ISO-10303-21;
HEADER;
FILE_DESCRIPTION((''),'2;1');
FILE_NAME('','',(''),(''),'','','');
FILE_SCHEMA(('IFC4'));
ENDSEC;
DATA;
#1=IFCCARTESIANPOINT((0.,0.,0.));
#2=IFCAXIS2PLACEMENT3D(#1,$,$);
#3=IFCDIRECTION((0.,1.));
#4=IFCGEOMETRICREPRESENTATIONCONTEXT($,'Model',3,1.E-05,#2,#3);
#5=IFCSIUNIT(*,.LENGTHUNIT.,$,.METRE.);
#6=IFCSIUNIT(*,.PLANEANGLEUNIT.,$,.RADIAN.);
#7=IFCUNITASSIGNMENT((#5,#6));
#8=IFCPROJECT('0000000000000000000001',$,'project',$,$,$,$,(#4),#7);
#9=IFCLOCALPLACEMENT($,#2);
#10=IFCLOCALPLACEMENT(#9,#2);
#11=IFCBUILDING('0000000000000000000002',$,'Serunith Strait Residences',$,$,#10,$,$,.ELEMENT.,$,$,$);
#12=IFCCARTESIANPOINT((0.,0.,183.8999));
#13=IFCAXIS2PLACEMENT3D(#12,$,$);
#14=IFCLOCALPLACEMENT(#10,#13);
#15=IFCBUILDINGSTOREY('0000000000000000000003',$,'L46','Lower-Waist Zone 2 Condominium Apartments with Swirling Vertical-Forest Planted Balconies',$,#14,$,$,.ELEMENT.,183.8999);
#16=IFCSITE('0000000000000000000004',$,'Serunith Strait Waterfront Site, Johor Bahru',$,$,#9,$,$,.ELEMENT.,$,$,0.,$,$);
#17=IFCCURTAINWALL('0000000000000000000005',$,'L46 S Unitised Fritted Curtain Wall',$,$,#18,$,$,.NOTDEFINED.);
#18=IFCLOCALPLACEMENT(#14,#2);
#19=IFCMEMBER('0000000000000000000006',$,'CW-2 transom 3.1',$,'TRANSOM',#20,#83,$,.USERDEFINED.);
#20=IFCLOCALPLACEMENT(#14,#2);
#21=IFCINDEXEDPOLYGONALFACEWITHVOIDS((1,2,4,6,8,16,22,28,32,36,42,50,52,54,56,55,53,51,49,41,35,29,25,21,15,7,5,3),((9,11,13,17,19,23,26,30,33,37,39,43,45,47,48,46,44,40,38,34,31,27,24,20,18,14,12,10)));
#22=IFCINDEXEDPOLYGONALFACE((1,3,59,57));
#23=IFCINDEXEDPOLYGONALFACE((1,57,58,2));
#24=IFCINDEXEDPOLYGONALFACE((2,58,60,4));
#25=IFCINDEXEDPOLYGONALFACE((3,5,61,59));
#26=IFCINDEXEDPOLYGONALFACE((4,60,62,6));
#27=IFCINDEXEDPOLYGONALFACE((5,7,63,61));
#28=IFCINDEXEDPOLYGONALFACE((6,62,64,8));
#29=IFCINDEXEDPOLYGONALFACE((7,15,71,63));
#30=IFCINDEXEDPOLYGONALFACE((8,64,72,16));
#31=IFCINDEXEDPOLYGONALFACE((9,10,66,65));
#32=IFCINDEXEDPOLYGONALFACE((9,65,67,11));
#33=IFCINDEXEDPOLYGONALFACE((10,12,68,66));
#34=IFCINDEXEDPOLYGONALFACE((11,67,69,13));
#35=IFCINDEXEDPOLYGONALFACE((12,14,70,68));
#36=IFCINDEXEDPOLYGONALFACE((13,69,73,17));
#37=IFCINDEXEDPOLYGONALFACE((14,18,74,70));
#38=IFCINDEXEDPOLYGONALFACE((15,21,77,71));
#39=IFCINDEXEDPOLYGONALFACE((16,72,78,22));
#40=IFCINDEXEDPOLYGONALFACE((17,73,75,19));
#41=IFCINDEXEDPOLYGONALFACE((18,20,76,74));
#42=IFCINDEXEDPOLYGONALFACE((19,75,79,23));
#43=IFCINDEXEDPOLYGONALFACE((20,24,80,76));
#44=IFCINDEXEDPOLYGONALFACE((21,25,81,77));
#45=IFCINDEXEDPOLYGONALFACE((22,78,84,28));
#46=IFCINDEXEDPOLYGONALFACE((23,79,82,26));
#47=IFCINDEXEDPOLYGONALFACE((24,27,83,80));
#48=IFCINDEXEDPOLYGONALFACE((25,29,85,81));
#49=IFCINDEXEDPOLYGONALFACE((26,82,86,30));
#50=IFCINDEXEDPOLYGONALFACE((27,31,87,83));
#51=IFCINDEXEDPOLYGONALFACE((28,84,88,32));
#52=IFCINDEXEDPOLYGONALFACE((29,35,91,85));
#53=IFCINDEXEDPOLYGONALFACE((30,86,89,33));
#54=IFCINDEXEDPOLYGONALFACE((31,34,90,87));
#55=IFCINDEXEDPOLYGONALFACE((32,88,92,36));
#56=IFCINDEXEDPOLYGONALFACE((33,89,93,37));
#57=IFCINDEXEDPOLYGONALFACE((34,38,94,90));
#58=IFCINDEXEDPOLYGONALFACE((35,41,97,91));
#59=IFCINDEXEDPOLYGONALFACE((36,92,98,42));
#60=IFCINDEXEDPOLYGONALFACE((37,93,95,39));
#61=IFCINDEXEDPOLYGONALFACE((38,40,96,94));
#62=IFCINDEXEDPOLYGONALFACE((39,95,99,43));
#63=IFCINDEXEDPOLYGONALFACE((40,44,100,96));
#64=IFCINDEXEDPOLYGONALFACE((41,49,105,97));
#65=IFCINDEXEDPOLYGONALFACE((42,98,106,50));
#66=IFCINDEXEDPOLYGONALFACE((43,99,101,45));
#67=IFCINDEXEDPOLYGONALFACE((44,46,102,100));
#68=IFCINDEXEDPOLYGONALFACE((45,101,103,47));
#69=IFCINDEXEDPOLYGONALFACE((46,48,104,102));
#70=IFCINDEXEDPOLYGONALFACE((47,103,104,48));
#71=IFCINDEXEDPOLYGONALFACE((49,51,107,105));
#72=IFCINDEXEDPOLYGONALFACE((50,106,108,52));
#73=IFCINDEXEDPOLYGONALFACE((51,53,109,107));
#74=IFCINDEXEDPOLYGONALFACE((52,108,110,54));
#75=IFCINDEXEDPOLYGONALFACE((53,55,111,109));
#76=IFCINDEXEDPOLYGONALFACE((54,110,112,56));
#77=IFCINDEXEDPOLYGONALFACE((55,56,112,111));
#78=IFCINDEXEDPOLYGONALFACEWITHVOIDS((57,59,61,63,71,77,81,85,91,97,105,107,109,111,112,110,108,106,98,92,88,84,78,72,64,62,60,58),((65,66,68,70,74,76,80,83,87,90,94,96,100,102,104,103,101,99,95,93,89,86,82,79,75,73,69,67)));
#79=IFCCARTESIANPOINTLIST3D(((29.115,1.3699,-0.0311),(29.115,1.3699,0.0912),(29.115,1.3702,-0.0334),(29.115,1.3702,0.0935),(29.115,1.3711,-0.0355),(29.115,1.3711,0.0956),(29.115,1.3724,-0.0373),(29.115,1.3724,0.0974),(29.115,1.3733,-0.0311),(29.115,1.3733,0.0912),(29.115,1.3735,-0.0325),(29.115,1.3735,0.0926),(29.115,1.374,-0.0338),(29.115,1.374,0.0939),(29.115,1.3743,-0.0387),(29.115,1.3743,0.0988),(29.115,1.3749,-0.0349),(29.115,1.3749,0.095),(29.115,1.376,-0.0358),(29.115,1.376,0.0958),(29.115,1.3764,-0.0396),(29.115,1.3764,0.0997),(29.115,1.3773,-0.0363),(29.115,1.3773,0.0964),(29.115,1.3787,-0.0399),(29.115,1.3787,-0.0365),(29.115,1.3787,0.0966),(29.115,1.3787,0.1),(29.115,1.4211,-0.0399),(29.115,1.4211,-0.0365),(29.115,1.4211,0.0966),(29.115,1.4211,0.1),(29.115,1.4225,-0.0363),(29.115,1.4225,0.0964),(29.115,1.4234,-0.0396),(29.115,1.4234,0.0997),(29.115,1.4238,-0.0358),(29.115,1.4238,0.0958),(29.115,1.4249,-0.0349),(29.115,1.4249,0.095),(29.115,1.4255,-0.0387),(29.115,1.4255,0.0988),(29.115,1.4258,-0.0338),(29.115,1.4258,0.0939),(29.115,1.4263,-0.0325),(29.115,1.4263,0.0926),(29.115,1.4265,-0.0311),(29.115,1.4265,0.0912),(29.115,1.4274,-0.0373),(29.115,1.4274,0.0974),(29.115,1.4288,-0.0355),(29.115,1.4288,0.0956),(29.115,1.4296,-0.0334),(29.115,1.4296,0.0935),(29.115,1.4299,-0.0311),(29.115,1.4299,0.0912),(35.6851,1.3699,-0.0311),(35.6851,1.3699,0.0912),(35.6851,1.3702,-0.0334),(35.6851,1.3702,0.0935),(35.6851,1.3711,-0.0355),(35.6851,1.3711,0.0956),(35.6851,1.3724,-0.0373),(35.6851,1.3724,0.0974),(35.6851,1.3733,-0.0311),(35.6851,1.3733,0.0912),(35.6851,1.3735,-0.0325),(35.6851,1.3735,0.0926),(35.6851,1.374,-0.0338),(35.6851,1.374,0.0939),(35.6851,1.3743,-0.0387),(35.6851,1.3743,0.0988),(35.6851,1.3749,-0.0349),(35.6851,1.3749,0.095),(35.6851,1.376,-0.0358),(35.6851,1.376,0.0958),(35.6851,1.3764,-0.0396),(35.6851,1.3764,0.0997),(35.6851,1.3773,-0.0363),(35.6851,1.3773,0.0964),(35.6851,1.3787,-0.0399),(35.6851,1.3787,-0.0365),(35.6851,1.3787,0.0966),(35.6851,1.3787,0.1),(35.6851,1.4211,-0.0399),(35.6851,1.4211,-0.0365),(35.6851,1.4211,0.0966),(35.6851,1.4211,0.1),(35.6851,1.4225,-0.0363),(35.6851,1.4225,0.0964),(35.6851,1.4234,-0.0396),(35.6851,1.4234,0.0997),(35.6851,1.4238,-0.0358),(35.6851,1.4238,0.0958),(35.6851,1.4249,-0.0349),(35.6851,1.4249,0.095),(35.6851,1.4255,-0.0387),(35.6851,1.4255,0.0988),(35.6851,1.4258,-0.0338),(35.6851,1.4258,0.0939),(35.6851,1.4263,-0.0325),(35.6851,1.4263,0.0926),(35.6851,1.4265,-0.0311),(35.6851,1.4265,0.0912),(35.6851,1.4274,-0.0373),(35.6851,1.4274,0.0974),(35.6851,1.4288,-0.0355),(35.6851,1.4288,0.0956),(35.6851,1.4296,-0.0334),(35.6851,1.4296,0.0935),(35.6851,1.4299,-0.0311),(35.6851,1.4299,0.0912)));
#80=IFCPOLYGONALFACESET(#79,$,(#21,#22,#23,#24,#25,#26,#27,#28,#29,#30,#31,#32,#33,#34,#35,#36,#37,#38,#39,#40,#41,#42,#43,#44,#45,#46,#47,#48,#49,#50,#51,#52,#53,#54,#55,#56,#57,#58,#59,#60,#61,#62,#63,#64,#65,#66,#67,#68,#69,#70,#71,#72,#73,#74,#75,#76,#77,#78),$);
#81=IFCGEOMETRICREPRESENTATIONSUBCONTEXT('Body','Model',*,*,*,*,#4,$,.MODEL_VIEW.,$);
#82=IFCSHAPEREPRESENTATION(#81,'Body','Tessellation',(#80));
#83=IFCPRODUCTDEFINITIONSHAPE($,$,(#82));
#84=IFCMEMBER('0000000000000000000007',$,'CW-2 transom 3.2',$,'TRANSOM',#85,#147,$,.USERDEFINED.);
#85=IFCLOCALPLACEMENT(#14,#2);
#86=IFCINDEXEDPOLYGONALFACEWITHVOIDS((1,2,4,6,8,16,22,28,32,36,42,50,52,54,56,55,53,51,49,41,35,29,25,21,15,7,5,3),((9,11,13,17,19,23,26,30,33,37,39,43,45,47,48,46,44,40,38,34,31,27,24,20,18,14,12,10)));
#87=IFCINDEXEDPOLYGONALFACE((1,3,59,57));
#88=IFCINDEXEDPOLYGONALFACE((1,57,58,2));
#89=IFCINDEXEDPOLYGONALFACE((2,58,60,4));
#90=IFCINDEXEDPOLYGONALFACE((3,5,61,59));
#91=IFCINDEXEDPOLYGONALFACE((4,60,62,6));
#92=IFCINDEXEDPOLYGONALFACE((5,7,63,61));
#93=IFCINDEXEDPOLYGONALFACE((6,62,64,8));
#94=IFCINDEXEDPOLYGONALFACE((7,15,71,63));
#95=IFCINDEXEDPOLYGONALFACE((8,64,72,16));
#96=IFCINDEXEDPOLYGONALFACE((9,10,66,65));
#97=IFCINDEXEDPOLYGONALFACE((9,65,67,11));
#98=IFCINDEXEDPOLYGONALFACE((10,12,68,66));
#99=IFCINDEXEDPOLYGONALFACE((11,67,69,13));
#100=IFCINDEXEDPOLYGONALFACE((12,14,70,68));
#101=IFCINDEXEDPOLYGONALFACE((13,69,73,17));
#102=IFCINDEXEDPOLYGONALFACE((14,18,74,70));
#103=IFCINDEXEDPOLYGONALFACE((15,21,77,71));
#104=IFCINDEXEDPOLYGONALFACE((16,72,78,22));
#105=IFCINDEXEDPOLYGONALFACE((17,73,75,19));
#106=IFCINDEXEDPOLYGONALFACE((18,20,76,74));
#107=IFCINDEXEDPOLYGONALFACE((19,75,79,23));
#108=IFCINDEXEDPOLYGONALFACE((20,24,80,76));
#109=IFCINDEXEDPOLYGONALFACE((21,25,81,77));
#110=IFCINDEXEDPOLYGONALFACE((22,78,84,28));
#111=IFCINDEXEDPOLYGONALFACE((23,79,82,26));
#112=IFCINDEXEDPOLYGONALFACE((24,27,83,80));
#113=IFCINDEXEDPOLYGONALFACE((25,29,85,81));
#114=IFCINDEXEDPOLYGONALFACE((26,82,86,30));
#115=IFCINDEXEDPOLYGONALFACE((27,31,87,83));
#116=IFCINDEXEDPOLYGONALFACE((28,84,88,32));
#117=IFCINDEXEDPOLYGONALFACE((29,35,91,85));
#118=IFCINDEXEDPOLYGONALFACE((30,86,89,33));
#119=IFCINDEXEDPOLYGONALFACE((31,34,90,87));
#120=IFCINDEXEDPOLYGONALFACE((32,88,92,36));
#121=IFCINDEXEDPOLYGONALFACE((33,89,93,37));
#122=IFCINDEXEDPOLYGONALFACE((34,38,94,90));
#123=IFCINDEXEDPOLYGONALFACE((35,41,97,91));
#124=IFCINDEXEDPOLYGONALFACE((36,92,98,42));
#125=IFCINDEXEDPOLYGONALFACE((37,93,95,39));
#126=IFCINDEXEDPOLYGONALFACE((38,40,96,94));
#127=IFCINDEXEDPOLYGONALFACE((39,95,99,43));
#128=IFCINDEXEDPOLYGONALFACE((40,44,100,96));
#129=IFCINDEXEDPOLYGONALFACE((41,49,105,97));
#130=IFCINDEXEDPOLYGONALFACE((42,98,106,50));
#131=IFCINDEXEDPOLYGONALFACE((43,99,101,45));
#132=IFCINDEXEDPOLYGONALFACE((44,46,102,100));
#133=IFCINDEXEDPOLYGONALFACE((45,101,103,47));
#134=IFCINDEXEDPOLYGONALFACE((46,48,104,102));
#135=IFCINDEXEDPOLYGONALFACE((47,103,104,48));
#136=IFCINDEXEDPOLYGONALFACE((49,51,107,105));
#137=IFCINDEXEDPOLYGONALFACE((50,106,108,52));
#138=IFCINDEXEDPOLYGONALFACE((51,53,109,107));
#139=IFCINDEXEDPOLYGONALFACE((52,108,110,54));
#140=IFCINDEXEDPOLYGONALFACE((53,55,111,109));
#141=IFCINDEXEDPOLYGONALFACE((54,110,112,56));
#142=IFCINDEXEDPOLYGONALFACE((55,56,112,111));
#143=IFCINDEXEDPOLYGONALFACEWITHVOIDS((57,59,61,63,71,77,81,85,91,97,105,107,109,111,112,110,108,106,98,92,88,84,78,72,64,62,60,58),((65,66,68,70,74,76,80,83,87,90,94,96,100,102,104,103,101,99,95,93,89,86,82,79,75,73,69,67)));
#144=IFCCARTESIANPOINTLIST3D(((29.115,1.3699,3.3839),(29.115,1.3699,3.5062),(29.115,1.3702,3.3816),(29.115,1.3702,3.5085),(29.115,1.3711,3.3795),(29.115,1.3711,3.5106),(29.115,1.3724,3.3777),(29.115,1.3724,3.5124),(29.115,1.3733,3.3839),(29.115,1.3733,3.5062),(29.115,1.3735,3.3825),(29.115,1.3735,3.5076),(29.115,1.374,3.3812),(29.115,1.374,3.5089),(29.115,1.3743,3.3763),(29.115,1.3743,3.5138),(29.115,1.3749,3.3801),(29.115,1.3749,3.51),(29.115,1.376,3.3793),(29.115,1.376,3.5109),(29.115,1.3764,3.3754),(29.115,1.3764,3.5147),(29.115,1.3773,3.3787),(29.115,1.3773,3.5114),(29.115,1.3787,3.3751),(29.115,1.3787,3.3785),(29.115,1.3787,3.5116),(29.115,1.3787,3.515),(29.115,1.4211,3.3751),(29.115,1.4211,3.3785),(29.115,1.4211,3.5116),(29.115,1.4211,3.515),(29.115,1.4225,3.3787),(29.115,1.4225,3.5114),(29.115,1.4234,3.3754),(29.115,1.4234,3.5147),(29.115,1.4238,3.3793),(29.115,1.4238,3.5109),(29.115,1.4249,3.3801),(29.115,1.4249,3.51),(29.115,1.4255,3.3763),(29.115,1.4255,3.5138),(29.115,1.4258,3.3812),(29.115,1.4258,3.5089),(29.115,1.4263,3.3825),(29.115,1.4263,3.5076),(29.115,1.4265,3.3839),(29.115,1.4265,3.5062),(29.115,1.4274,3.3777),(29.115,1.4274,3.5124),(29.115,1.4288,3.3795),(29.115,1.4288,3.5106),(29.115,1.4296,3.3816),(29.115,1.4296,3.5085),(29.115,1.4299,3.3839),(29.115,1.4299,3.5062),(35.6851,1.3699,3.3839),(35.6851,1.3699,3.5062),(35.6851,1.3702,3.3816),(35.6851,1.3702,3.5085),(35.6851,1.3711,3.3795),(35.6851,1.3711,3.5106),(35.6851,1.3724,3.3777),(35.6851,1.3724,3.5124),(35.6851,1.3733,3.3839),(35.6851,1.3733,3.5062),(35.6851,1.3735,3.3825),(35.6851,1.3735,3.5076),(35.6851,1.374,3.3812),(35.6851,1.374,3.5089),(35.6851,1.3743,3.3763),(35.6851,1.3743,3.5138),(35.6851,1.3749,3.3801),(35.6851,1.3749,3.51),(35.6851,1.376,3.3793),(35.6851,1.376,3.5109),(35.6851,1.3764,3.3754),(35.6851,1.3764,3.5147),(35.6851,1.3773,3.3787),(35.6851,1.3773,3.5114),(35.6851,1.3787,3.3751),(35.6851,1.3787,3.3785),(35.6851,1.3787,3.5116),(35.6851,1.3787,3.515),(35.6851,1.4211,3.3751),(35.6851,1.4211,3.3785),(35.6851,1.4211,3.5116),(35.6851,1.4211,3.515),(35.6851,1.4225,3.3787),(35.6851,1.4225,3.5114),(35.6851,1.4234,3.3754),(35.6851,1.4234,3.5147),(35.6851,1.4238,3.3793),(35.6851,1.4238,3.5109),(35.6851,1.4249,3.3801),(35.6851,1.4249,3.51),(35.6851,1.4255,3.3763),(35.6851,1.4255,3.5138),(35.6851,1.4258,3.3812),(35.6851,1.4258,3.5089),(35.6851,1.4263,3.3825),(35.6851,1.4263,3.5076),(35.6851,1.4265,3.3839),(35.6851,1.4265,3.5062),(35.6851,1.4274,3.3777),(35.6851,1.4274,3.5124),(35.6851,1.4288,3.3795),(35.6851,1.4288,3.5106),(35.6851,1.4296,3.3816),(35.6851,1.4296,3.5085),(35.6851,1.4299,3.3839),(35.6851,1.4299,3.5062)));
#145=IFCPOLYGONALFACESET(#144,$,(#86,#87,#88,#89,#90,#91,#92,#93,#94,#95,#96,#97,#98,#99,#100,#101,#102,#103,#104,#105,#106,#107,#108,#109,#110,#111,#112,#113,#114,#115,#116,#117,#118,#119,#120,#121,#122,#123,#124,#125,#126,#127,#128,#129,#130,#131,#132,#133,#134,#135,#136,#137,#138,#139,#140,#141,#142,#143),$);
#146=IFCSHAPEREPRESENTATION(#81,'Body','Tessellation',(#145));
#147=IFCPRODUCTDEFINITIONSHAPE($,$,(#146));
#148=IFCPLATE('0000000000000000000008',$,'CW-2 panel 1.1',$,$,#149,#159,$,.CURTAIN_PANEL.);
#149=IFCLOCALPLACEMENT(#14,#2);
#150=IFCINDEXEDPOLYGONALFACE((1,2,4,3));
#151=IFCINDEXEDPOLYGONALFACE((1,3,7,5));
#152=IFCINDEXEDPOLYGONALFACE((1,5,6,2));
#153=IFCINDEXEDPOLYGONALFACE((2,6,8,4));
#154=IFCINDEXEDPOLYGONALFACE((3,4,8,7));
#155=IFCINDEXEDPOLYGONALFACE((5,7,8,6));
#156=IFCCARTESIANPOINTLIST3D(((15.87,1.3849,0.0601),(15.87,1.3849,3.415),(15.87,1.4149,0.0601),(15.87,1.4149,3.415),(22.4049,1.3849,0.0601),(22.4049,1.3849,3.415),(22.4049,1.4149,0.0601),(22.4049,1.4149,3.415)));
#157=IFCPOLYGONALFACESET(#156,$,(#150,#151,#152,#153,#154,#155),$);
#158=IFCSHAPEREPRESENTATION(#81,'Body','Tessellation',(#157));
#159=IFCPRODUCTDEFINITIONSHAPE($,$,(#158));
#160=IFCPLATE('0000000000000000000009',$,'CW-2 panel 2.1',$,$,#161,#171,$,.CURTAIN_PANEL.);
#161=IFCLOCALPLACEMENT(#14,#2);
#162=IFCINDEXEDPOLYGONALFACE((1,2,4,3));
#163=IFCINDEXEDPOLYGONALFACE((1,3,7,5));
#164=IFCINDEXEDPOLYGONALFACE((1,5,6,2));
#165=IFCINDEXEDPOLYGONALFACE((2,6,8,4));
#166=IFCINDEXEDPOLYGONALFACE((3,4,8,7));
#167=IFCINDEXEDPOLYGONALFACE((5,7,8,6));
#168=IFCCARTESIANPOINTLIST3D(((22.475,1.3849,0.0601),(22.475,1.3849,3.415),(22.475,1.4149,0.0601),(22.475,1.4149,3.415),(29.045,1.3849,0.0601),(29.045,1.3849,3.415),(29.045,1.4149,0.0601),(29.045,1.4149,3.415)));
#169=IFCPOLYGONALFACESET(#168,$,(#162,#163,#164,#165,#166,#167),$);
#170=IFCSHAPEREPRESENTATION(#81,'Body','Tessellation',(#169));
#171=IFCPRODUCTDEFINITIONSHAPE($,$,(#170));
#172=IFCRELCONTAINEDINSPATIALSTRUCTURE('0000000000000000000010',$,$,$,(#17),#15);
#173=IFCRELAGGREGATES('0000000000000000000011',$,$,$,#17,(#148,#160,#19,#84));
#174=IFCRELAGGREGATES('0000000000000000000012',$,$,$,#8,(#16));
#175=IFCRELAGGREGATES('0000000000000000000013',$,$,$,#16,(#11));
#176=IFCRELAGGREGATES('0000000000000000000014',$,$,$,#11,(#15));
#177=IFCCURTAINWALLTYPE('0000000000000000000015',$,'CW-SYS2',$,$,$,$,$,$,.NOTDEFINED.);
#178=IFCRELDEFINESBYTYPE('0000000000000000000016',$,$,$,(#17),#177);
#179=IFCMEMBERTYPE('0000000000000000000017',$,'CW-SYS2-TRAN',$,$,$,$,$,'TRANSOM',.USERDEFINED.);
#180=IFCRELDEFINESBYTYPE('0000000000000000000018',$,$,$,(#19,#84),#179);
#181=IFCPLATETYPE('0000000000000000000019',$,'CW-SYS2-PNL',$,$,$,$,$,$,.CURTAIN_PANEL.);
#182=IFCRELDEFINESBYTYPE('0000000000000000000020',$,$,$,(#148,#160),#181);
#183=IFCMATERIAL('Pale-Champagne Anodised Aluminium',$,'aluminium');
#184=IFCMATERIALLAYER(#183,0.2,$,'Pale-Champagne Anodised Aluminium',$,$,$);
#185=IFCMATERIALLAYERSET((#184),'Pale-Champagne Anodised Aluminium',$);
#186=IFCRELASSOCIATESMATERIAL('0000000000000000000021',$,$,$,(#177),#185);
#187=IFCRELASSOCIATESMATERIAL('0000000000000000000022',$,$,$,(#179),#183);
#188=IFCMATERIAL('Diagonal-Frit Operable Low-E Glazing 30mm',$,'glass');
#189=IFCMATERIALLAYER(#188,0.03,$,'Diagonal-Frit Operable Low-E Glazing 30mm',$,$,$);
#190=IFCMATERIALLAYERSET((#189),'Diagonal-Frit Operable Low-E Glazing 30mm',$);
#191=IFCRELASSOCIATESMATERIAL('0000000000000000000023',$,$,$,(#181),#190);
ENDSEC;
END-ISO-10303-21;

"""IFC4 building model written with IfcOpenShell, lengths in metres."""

from ifc_helpers import new_model, si_unit, direction, frame, origin, origin_2d, place, context, subcontext, project, spatial, rectangle, hollow_rectangle, extrude, source, transform, mapped, material, layer, layer_set, material_profile, profile_set, type_object, element, aggregate, save


model = new_model("IFC4")

# Units and contexts
model_context = context("Model", 3, precision=1e-05, world=origin(), true_north=direction((0.0, 1.0)))
body_context = subcontext(model_context, "Body", "Model", "MODEL_VIEW")
ifc_project = project(units=[si_unit("LENGTHUNIT", "METRE"), si_unit("PLANEANGLEUNIT", "RADIAN")], contexts=[model_context])

# Site, building, storey
site_placement = place(None, origin())
site = spatial("IfcSite", under=ifc_project, at=site_placement, Name="Serunith Strait Waterfront Site, Johor Bahru", CompositionType="ELEMENT", RefElevation=0.0)
building_placement = place(site_placement, origin())
building = spatial("IfcBuilding", under=site, at=building_placement, Name="Serunith Strait Residences", CompositionType="ELEMENT")
storey_placement = place(building_placement, frame((0.0, 0.0, 183.8999)))
storey = spatial("IfcBuildingStorey", under=building, at=storey_placement, Name="L46", Description="Lower-Waist Zone 2 Condominium Apartments with Swirling Vertical-Forest Planted Balconies", CompositionType="ELEMENT", Elevation=183.8999)

# Curtain wall, members, plates
ifc_material_1 = material(Name="Pale-Champagne Anodised Aluminium", Category="aluminium")
ifc_layer_1 = layer(ifc_material_1, 0.2, Name="Pale-Champagne Anodised Aluminium")
ifc_layer_set_1 = layer_set([ifc_layer_1], Name="Pale-Champagne Anodised Aluminium")
curtain_wall_type = type_object("IfcCurtainWallType", Name="CW-SYS2", PredefinedType="NOTDEFINED", material=ifc_layer_set_1)
curtain_wall_placement = place(storey_placement, origin())
curtain_wall = element("IfcCurtainWall", 1, at=curtain_wall_placement, inside=storey, type_object=curtain_wall_type, Name="L46 S Unitised Fritted Curtain Wall", PredefinedType="NOTDEFINED")
ifc_material_profile_1 = material_profile(ifc_material_1, hollow_rectangle(XDim=0.0601, YDim=0.1399, WallThickness=0.0034, InnerFilletRadius=0.0054, OuterFilletRadius=0.0088, at=origin_2d()), Name="ALU 140x60x3.5")
ifc_profile_set_1 = profile_set([ifc_material_profile_1], Name="Pale-Champagne Anodised Aluminium")
member_type_1 = type_object("IfcMemberType", Name="CW-SYS2-TRAN", ElementType="TRANSOM", PredefinedType="USERDEFINED", material=ifc_profile_set_1)
shared_shape_1 = source(origin(), body_context, "Body", "SweptSolid", [
    extrude(hollow_rectangle(XDim=0.0601, YDim=0.1399, WallThickness=0.0034, InnerFilletRadius=0.0054, OuterFilletRadius=0.0088, at=origin_2d()), origin(), (0.0, 0.0, 1.0), 6.5701),
])
member_1_placement = place(storey_placement, frame((29.115, 1.3999, 0.03), z_axis=(1.0, 0.0, 0.0), x_axis=(0.0, 1.0, 0.0)))
member_1 = element("IfcMember", 2, at=member_1_placement, type_object=member_type_1, Name="CW-2 transom 3.1", ObjectType="TRANSOM", PredefinedType="USERDEFINED", context=body_context, shape_type="MappedRepresentation", body=[
    mapped(shared_shape_1, transform((0.0, 0.0, 0.0), scale=1.0)),
])
member_2_placement = place(storey_placement, frame((29.115, 1.3999, 3.4451), z_axis=(1.0, 0.0, 0.0), x_axis=(0.0, 1.0, 0.0)))
member_2 = element("IfcMember", 3, at=member_2_placement, type_object=member_type_1, Name="CW-2 transom 3.2", ObjectType="TRANSOM", PredefinedType="USERDEFINED", context=body_context, shape_type="MappedRepresentation", body=[
    mapped(shared_shape_1, transform((0.0, 0.0, 0.0), scale=1.0)),
])
ifc_material_2 = material(Name="Diagonal-Frit Operable Low-E Glazing 30mm", Category="glass")
ifc_layer_2 = layer(ifc_material_2, 0.03, Name="Diagonal-Frit Operable Low-E Glazing 30mm")
ifc_layer_set_2 = layer_set([ifc_layer_2], Name="Diagonal-Frit Operable Low-E Glazing 30mm")
plate_type = type_object("IfcPlateType", Name="CW-SYS2-PNL", PredefinedType="CURTAIN_PANEL", material=ifc_layer_set_2)
shared_shape_2 = source(origin(), body_context, "Body", "SweptSolid", [
    extrude(rectangle(XDim=6.5349, YDim=0.03, at=origin_2d()), origin(), (0.0, 0.0, 1.0), 3.355),
])
plate_1_placement = place(storey_placement, frame((19.1375, 1.3999, 0.0601), z_axis=(0.0, 0.0, 1.0), x_axis=(1.0, 0.0, 0.0)))
plate_1 = element("IfcPlate", 4, at=plate_1_placement, type_object=plate_type, Name="CW-2 panel 1.1", PredefinedType="CURTAIN_PANEL", context=body_context, shape_type="MappedRepresentation", body=[
    mapped(shared_shape_2, transform((0.0, 0.0, 0.0), scale=1.0)),
])
shared_shape_3 = source(origin(), body_context, "Body", "SweptSolid", [
    extrude(rectangle(XDim=6.5701, YDim=0.03, at=origin_2d()), origin(), (0.0, 0.0, 1.0), 3.355),
])
plate_2_placement = place(storey_placement, frame((25.76, 1.3999, 0.0601), z_axis=(0.0, 0.0, 1.0), x_axis=(1.0, 0.0, 0.0)))
plate_2 = element("IfcPlate", 5, at=plate_2_placement, type_object=plate_type, Name="CW-2 panel 2.1", PredefinedType="CURTAIN_PANEL", context=body_context, shape_type="MappedRepresentation", body=[
    mapped(shared_shape_3, transform((0.0, 0.0, 0.0), scale=1.0)),
])
aggregate(curtain_wall, [plate_1, plate_2, member_1, member_2])

save(model, "model.ifc")
